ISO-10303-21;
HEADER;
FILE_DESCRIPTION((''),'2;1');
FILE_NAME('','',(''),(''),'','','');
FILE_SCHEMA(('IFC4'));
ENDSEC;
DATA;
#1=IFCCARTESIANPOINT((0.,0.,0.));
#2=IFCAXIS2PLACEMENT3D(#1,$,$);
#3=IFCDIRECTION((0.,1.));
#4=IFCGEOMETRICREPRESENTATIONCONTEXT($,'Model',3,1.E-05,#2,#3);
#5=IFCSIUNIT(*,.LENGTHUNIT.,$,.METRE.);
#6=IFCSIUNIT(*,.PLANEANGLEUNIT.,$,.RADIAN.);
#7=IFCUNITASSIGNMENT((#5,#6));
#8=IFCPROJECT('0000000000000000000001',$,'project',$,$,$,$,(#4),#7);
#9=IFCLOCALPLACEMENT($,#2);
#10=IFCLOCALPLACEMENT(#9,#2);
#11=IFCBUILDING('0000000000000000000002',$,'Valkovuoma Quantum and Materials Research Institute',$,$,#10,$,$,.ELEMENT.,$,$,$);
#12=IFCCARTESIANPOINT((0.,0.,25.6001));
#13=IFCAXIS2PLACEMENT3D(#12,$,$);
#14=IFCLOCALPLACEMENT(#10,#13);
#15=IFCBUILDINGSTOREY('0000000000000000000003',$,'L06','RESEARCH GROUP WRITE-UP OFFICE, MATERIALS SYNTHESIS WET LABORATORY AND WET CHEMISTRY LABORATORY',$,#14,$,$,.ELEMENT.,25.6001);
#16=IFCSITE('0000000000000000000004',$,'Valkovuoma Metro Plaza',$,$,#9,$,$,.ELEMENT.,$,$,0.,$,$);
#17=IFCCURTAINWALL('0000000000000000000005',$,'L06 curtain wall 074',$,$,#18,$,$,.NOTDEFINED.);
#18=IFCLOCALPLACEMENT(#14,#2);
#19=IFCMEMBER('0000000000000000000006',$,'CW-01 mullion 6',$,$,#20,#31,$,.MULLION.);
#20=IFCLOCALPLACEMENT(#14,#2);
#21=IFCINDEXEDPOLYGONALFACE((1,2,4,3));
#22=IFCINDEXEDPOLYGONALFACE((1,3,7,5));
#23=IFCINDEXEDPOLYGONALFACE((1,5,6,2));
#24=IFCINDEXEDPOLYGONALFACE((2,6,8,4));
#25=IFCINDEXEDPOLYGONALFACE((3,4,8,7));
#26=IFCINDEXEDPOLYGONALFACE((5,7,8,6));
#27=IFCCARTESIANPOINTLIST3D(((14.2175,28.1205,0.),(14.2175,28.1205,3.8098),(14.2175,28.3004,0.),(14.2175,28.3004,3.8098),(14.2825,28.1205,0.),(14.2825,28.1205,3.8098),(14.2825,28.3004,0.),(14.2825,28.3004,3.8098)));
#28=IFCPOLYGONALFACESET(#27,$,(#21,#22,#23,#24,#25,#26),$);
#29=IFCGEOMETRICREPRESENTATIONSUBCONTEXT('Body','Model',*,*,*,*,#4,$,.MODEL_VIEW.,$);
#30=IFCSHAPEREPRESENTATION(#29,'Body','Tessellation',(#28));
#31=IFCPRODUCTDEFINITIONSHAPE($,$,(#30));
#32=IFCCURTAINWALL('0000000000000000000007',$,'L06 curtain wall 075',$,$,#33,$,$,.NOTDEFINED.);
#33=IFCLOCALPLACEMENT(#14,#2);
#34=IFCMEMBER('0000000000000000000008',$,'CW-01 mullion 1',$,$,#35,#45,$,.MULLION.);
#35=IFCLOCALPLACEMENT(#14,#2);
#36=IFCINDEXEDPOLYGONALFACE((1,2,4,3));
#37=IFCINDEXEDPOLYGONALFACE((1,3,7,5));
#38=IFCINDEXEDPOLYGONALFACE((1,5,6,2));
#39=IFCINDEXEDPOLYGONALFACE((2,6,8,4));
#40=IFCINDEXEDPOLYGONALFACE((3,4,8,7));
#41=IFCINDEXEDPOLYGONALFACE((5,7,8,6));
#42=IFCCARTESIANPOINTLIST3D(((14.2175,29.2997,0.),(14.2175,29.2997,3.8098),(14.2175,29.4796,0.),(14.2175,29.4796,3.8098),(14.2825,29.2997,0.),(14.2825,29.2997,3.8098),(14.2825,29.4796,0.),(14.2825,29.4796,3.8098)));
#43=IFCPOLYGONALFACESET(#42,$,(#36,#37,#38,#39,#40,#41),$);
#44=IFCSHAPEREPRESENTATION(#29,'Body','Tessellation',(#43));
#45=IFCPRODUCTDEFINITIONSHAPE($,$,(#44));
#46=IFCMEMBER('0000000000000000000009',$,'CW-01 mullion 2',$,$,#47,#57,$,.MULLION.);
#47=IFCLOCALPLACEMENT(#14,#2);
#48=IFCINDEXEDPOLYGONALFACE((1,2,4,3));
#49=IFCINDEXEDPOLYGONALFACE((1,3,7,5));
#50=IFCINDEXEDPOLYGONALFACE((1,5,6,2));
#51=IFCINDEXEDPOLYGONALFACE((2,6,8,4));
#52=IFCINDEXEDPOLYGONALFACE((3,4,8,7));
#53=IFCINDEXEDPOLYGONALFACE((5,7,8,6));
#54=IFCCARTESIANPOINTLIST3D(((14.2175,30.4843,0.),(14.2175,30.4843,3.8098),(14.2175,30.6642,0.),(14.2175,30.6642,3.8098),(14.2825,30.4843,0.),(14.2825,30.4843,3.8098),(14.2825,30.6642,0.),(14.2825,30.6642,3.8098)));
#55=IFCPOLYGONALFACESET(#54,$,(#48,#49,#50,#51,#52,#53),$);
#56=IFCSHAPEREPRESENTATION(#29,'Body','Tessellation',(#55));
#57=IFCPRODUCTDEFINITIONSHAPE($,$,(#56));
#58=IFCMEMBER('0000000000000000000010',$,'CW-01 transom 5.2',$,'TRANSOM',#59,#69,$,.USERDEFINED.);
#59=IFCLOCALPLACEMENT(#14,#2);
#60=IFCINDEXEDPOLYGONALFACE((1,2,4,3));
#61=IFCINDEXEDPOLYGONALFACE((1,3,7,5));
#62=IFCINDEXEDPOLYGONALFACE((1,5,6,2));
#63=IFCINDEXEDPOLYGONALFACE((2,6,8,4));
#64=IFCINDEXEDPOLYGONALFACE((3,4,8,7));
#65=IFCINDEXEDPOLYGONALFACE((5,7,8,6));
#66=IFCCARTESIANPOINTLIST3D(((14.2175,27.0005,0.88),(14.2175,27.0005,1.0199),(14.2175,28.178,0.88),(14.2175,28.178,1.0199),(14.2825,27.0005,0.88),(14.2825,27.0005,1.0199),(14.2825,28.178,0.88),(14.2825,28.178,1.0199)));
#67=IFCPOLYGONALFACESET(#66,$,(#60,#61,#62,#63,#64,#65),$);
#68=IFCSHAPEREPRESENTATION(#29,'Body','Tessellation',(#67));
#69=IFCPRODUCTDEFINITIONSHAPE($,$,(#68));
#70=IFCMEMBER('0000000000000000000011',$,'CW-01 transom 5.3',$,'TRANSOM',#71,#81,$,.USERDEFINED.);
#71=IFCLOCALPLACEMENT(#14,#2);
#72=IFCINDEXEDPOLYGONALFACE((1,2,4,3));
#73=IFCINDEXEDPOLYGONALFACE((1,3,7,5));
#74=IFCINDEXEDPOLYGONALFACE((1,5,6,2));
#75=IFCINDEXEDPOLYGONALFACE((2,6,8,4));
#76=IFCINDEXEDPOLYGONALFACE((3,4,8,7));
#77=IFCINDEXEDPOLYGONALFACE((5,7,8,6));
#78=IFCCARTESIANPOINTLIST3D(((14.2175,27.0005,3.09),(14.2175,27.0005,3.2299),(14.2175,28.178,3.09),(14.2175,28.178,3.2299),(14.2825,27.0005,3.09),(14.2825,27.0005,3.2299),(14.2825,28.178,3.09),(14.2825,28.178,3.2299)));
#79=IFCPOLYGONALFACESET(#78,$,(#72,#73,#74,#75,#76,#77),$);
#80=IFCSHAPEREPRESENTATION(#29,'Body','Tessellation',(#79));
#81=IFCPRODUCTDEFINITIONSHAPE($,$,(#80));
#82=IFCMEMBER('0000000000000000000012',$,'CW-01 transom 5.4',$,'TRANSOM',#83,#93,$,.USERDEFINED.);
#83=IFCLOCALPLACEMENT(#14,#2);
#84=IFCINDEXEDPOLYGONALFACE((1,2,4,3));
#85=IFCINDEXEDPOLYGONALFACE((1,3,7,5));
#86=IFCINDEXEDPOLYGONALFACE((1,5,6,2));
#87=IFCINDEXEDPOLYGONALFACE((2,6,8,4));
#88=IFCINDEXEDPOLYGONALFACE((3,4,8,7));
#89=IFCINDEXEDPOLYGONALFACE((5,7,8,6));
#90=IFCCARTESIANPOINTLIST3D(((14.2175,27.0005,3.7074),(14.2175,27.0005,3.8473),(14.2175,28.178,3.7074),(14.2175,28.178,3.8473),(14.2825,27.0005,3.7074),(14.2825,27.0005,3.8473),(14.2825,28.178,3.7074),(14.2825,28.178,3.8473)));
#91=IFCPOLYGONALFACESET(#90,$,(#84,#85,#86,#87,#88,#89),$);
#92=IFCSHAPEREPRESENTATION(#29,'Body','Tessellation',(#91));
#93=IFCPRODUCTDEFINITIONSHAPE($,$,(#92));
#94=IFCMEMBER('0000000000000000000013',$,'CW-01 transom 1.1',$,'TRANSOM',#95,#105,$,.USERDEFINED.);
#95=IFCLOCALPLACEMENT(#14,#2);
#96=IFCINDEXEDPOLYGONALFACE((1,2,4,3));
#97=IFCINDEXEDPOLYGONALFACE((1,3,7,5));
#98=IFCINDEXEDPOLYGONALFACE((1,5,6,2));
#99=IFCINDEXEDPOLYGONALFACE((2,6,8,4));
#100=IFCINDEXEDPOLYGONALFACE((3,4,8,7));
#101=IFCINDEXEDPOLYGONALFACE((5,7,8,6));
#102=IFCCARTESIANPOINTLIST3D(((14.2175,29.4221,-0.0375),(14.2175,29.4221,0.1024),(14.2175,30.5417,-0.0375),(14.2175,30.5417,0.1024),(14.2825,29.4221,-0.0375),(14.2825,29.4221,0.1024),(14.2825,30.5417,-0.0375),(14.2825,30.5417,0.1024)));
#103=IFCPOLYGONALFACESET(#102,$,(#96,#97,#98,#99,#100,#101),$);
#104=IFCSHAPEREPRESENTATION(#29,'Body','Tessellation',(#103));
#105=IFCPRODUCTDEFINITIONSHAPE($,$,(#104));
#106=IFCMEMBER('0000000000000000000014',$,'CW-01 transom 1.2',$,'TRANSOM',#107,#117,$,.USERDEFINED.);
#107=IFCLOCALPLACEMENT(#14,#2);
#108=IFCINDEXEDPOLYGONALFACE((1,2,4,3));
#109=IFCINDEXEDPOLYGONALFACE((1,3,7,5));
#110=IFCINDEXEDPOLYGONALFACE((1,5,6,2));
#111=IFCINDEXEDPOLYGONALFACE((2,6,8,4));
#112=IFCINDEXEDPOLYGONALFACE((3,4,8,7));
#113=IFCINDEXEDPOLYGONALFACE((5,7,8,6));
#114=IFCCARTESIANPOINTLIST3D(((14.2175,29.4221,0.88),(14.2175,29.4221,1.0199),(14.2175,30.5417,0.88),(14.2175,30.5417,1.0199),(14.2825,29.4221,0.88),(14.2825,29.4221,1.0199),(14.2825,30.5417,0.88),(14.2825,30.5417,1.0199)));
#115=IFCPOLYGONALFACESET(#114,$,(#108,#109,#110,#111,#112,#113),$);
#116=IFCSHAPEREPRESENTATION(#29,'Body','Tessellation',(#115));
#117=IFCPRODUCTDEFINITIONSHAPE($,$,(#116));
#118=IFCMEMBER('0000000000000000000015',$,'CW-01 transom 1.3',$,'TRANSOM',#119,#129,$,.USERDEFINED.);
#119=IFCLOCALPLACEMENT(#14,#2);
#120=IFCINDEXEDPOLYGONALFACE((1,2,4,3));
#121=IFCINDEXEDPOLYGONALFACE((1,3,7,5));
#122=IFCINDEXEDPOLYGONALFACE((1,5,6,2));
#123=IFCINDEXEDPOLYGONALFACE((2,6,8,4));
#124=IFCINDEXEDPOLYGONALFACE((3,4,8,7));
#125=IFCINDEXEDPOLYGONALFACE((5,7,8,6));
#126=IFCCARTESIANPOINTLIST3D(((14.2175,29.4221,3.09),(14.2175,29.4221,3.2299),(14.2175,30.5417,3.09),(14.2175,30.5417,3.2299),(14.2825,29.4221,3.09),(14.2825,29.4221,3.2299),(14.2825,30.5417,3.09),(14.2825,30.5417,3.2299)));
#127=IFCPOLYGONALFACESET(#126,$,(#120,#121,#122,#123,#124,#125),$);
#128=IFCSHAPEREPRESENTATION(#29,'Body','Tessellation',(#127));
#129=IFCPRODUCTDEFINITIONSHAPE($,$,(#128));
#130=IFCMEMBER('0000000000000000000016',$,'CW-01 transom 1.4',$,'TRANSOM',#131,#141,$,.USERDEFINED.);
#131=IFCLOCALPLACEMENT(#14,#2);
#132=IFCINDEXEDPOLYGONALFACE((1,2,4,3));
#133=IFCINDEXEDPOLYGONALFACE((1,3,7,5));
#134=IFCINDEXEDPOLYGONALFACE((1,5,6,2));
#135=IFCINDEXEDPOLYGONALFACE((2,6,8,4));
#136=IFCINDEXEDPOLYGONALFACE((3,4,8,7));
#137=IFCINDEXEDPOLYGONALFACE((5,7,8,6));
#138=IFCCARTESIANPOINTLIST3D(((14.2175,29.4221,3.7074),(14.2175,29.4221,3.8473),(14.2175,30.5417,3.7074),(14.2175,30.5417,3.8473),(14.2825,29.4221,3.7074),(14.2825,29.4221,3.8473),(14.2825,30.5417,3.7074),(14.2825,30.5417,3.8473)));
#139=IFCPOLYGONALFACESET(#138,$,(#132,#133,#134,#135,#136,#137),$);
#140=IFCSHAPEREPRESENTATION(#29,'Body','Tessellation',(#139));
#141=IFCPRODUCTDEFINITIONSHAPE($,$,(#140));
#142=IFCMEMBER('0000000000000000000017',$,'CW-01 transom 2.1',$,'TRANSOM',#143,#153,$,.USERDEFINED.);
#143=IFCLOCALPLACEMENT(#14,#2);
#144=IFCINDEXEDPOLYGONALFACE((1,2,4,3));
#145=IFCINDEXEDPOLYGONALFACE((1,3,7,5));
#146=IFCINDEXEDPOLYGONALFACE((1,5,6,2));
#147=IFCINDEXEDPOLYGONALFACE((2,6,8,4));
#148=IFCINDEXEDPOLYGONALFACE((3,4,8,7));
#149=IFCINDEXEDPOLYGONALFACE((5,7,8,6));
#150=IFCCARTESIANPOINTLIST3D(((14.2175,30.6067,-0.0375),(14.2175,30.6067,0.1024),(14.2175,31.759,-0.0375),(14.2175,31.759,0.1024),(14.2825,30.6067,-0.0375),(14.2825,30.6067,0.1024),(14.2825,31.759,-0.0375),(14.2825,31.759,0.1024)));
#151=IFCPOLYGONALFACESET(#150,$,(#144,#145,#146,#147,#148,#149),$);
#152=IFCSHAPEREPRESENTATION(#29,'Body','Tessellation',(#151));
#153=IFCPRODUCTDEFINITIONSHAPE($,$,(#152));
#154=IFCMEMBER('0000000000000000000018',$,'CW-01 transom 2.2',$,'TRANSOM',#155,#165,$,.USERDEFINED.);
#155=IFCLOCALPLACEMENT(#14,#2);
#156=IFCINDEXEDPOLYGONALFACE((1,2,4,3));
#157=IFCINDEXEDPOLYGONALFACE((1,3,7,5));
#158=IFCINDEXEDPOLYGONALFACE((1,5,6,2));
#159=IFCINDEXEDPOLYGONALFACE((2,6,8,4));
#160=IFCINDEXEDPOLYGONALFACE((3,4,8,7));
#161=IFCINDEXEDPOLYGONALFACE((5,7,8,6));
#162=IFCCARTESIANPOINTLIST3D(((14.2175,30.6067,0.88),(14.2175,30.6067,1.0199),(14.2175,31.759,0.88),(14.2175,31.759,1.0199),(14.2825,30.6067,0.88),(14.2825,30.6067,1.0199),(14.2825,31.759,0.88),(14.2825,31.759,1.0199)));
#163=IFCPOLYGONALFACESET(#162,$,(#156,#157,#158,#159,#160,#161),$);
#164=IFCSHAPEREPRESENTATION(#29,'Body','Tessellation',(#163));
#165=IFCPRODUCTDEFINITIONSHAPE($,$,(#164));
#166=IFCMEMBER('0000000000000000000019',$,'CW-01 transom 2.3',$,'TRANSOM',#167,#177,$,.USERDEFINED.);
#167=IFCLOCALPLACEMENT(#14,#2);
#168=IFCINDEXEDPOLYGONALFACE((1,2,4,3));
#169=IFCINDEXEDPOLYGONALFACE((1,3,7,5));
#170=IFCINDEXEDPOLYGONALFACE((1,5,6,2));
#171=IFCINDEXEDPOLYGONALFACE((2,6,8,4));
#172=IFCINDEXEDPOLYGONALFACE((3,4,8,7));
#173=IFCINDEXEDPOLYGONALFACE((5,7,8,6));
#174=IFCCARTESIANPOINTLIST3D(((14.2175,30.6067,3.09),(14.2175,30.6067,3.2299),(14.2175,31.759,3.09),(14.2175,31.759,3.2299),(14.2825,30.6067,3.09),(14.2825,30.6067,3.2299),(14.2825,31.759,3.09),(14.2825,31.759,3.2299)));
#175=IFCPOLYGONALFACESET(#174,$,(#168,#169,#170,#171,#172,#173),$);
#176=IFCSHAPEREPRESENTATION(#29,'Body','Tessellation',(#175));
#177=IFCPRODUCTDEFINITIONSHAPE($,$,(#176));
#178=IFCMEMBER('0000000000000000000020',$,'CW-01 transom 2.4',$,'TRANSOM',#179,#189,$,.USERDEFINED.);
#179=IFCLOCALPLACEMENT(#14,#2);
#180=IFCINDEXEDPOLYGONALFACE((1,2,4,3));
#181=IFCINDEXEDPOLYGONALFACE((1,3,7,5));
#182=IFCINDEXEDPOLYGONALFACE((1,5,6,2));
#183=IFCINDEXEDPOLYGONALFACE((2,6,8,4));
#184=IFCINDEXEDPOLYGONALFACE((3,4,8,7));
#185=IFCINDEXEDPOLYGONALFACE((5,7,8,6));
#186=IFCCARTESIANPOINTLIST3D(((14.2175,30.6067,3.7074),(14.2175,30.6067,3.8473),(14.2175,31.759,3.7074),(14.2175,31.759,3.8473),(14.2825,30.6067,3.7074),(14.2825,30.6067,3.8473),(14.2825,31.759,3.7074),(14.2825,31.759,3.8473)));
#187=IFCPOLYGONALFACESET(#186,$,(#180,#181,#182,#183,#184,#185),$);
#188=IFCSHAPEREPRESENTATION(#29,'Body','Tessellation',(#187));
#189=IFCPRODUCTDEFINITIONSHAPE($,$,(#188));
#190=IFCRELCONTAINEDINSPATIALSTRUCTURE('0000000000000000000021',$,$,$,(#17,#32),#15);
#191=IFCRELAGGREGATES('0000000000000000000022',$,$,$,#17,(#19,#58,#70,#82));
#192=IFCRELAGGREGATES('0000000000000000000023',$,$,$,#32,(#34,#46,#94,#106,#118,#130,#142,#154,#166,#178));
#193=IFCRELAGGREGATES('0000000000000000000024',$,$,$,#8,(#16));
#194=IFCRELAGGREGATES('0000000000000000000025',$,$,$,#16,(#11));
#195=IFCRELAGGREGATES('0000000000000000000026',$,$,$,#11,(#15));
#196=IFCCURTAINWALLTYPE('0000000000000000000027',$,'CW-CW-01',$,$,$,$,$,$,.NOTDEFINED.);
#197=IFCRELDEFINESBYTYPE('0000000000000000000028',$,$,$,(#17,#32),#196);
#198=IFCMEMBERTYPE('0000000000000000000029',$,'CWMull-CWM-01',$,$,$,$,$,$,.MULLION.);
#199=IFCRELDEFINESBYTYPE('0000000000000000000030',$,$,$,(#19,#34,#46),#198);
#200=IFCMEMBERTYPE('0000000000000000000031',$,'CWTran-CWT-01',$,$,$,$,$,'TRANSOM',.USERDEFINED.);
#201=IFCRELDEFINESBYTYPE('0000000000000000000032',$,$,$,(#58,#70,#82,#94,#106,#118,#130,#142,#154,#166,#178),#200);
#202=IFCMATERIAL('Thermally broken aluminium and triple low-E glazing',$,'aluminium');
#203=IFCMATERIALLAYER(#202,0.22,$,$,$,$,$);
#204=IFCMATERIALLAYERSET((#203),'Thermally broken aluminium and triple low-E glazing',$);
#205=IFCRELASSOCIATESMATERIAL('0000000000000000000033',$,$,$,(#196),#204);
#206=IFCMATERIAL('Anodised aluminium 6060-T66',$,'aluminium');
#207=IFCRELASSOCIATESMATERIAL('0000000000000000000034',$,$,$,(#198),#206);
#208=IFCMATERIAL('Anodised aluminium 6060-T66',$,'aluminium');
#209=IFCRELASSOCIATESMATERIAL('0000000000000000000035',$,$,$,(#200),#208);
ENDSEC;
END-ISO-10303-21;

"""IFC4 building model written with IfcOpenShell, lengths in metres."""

from ifc_helpers import new_model, si_unit, direction, frame, origin, origin_2d, place, context, subcontext, project, spatial, rectangle, extrude, material, layer, layer_set, material_profile, profile_set, type_object, element, aggregate, save


model = new_model("IFC4")

# Units and contexts
model_context = context("Model", 3, precision=1e-05, world=origin(), true_north=direction((0.0, 1.0)))
body_context = subcontext(model_context, "Body", "Model", "MODEL_VIEW")
ifc_project = project(units=[si_unit("LENGTHUNIT", "METRE"), si_unit("PLANEANGLEUNIT", "RADIAN")], contexts=[model_context])

# Site, building, storey
site_placement = place(None, origin())
site = spatial("IfcSite", under=ifc_project, at=site_placement, Name="Valkovuoma Metro Plaza", CompositionType="ELEMENT", RefElevation=0.0)
building_placement = place(site_placement, origin())
building = spatial("IfcBuilding", under=site, at=building_placement, Name="Valkovuoma Quantum and Materials Research Institute", CompositionType="ELEMENT")
storey_placement = place(building_placement, frame((0.0, 0.0, 25.6001)))
storey = spatial("IfcBuildingStorey", under=building, at=storey_placement, Name="L06", Description="RESEARCH GROUP WRITE-UP OFFICE, MATERIALS SYNTHESIS WET LABORATORY AND WET CHEMISTRY LABORATORY", CompositionType="ELEMENT", Elevation=25.6001)

# Curtain wall, member
ifc_material_1 = material(Name="Thermally broken aluminium and triple low-E glazing", Category="aluminium")
ifc_layer_1 = layer(ifc_material_1, 0.22)
ifc_layer_set_1 = layer_set([ifc_layer_1], Name="Thermally broken aluminium and triple low-E glazing")
curtain_wall_type = type_object("IfcCurtainWallType", Name="CW-CW-01", PredefinedType="NOTDEFINED", material=ifc_layer_set_1)
curtain_wall_1_placement = place(storey_placement, origin())
curtain_wall_1 = element("IfcCurtainWall", 1, at=curtain_wall_1_placement, inside=storey, type_object=curtain_wall_type, Name="L06 curtain wall 074", PredefinedType="NOTDEFINED")
ifc_material_2 = material(Name="Anodised aluminium 6060-T66", Category="aluminium")
ifc_material_profile_1 = material_profile(ifc_material_2, rectangle(XDim=0.0649, YDim=0.1799, at=origin_2d()), Name="Anodised aluminium 6060-T66")
ifc_profile_set_1 = profile_set([ifc_material_profile_1], Name="Anodised aluminium 6060-T66")
member_type_1 = type_object("IfcMemberType", Name="CWMull-CWM-01", PredefinedType="MULLION", material=ifc_profile_set_1)
member_1_placement = place(storey_placement, frame((14.25, 28.2104, 0.0), z_axis=(0.0, 0.0, 1.0), x_axis=(-1.0, 0.0, 0.0)))
member_1 = element("IfcMember", 2, at=member_1_placement, type_object=member_type_1, Name="CW-01 mullion 6", PredefinedType="MULLION", context=body_context, shape_type="SweptSolid", body=[
    extrude(rectangle(XDim=0.0649, YDim=0.1799, at=origin_2d()), origin(), (0.0, 0.0, 1.0), 3.8098),
])

# Curtain wall, members
curtain_wall_2_placement = place(storey_placement, origin())
curtain_wall_2 = element("IfcCurtainWall", 3, at=curtain_wall_2_placement, inside=storey, type_object=curtain_wall_type, Name="L06 curtain wall 075", PredefinedType="NOTDEFINED")
member_2_placement = place(storey_placement, frame((14.25, 29.3896, 0.0), z_axis=(0.0, 0.0, 1.0), x_axis=(-1.0, 0.0, 0.0)))
member_2 = element("IfcMember", 4, at=member_2_placement, type_object=member_type_1, Name="CW-01 mullion 1", PredefinedType="MULLION", context=body_context, shape_type="SweptSolid", body=[
    extrude(rectangle(XDim=0.0649, YDim=0.1799, at=origin_2d()), origin(), (0.0, 0.0, 1.0), 3.8098),
])
member_3_placement = place(storey_placement, frame((14.25, 30.5742, 0.0), z_axis=(0.0, 0.0, 1.0), x_axis=(-1.0, 0.0, 0.0)))
member_3 = element("IfcMember", 5, at=member_3_placement, type_object=member_type_1, Name="CW-01 mullion 2", PredefinedType="MULLION", context=body_context, shape_type="SweptSolid", body=[
    extrude(rectangle(XDim=0.0649, YDim=0.1799, at=origin_2d()), origin(), (0.0, 0.0, 1.0), 3.8098),
])

# Members
ifc_material_3 = material(Name="Anodised aluminium 6060-T66", Category="aluminium")
ifc_material_profile_2 = material_profile(ifc_material_3, rectangle(XDim=0.0649, YDim=0.1399, at=origin_2d()), Name="Anodised aluminium 6060-T66")
ifc_profile_set_2 = profile_set([ifc_material_profile_2], Name="Anodised aluminium 6060-T66")
member_type_2 = type_object("IfcMemberType", Name="CWTran-CWT-01", ElementType="TRANSOM", PredefinedType="USERDEFINED", material=ifc_profile_set_2)
member_4_placement = place(storey_placement, frame((14.25, 27.0005, 0.95), z_axis=(0.0, 1.0, 0.0), x_axis=(-1.0, 0.0, 0.0)))
member_4 = element("IfcMember", 6, at=member_4_placement, type_object=member_type_2, Name="CW-01 transom 5.2", ObjectType="TRANSOM", PredefinedType="USERDEFINED", context=body_context, shape_type="SweptSolid", body=[
    extrude(rectangle(XDim=0.0649, YDim=0.1399, at=origin_2d()), origin(), (0.0, 0.0, 1.0), 1.1775),
])
member_5_placement = place(storey_placement, frame((14.25, 27.0005, 3.1599), z_axis=(0.0, 1.0, 0.0), x_axis=(-1.0, 0.0, 0.0)))
member_5 = element("IfcMember", 7, at=member_5_placement, type_object=member_type_2, Name="CW-01 transom 5.3", ObjectType="TRANSOM", PredefinedType="USERDEFINED", context=body_context, shape_type="SweptSolid", body=[
    extrude(rectangle(XDim=0.0649, YDim=0.1399, at=origin_2d()), origin(), (0.0, 0.0, 1.0), 1.1775),
])
member_6_placement = place(storey_placement, frame((14.25, 27.0005, 3.7773), z_axis=(0.0, 1.0, 0.0), x_axis=(-1.0, 0.0, 0.0)))
member_6 = element("IfcMember", 8, at=member_6_placement, type_object=member_type_2, Name="CW-01 transom 5.4", ObjectType="TRANSOM", PredefinedType="USERDEFINED", context=body_context, shape_type="SweptSolid", body=[
    extrude(rectangle(XDim=0.0649, YDim=0.1399, at=origin_2d()), origin(), (0.0, 0.0, 1.0), 1.1775),
])
member_7_placement = place(storey_placement, frame((14.25, 29.4221, 0.0325), z_axis=(0.0, 1.0, 0.0), x_axis=(-1.0, 0.0, 0.0)))
member_7 = element("IfcMember", 9, at=member_7_placement, type_object=member_type_2, Name="CW-01 transom 1.1", ObjectType="TRANSOM", PredefinedType="USERDEFINED", context=body_context, shape_type="SweptSolid", body=[
    extrude(rectangle(XDim=0.0649, YDim=0.1399, at=origin_2d()), origin(), (0.0, 0.0, 1.0), 1.1196),
])
member_8_placement = place(storey_placement, frame((14.25, 29.4221, 0.95), z_axis=(0.0, 1.0, 0.0), x_axis=(-1.0, 0.0, 0.0)))
member_8 = element("IfcMember", 10, at=member_8_placement, type_object=member_type_2, Name="CW-01 transom 1.2", ObjectType="TRANSOM", PredefinedType="USERDEFINED", context=body_context, shape_type="SweptSolid", body=[
    extrude(rectangle(XDim=0.0649, YDim=0.1399, at=origin_2d()), origin(), (0.0, 0.0, 1.0), 1.1196),
])
member_9_placement = place(storey_placement, frame((14.25, 29.4221, 3.1599), z_axis=(0.0, 1.0, 0.0), x_axis=(-1.0, 0.0, 0.0)))
member_9 = element("IfcMember", 11, at=member_9_placement, type_object=member_type_2, Name="CW-01 transom 1.3", ObjectType="TRANSOM", PredefinedType="USERDEFINED", context=body_context, shape_type="SweptSolid", body=[
    extrude(rectangle(XDim=0.0649, YDim=0.1399, at=origin_2d()), origin(), (0.0, 0.0, 1.0), 1.1196),
])
member_10_placement = place(storey_placement, frame((14.25, 29.4221, 3.7773), z_axis=(0.0, 1.0, 0.0), x_axis=(-1.0, 0.0, 0.0)))
member_10 = element("IfcMember", 12, at=member_10_placement, type_object=member_type_2, Name="CW-01 transom 1.4", ObjectType="TRANSOM", PredefinedType="USERDEFINED", context=body_context, shape_type="SweptSolid", body=[
    extrude(rectangle(XDim=0.0649, YDim=0.1399, at=origin_2d()), origin(), (0.0, 0.0, 1.0), 1.1196),
])
member_11_placement = place(storey_placement, frame((14.25, 30.6067, 0.0325), z_axis=(0.0, 1.0, 0.0), x_axis=(-1.0, 0.0, 0.0)))
member_11 = element("IfcMember", 13, at=member_11_placement, type_object=member_type_2, Name="CW-01 transom 2.1", ObjectType="TRANSOM", PredefinedType="USERDEFINED", context=body_context, shape_type="SweptSolid", body=[
    extrude(rectangle(XDim=0.0649, YDim=0.1399, at=origin_2d()), origin(), (0.0, 0.0, 1.0), 1.1523),
])
member_12_placement = place(storey_placement, frame((14.25, 30.6067, 0.95), z_axis=(0.0, 1.0, 0.0), x_axis=(-1.0, 0.0, 0.0)))
member_12 = element("IfcMember", 14, at=member_12_placement, type_object=member_type_2, Name="CW-01 transom 2.2", ObjectType="TRANSOM", PredefinedType="USERDEFINED", context=body_context, shape_type="SweptSolid", body=[
    extrude(rectangle(XDim=0.0649, YDim=0.1399, at=origin_2d()), origin(), (0.0, 0.0, 1.0), 1.1523),
])
member_13_placement = place(storey_placement, frame((14.25, 30.6067, 3.1599), z_axis=(0.0, 1.0, 0.0), x_axis=(-1.0, 0.0, 0.0)))
member_13 = element("IfcMember", 15, at=member_13_placement, type_object=member_type_2, Name="CW-01 transom 2.3", ObjectType="TRANSOM", PredefinedType="USERDEFINED", context=body_context, shape_type="SweptSolid", body=[
    extrude(rectangle(XDim=0.0649, YDim=0.1399, at=origin_2d()), origin(), (0.0, 0.0, 1.0), 1.1523),
])
member_14_placement = place(storey_placement, frame((14.25, 30.6067, 3.7773), z_axis=(0.0, 1.0, 0.0), x_axis=(-1.0, 0.0, 0.0)))
member_14 = element("IfcMember", 16, at=member_14_placement, type_object=member_type_2, Name="CW-01 transom 2.4", ObjectType="TRANSOM", PredefinedType="USERDEFINED", context=body_context, shape_type="SweptSolid", body=[
    extrude(rectangle(XDim=0.0649, YDim=0.1399, at=origin_2d()), origin(), (0.0, 0.0, 1.0), 1.1523),
])

aggregate(curtain_wall_1, [member_1, member_4, member_5, member_6])
aggregate(curtain_wall_2, [member_2, member_3, member_7, member_8, member_9, member_10, member_11, member_12, member_13, member_14])

save(model, "model.ifc")
